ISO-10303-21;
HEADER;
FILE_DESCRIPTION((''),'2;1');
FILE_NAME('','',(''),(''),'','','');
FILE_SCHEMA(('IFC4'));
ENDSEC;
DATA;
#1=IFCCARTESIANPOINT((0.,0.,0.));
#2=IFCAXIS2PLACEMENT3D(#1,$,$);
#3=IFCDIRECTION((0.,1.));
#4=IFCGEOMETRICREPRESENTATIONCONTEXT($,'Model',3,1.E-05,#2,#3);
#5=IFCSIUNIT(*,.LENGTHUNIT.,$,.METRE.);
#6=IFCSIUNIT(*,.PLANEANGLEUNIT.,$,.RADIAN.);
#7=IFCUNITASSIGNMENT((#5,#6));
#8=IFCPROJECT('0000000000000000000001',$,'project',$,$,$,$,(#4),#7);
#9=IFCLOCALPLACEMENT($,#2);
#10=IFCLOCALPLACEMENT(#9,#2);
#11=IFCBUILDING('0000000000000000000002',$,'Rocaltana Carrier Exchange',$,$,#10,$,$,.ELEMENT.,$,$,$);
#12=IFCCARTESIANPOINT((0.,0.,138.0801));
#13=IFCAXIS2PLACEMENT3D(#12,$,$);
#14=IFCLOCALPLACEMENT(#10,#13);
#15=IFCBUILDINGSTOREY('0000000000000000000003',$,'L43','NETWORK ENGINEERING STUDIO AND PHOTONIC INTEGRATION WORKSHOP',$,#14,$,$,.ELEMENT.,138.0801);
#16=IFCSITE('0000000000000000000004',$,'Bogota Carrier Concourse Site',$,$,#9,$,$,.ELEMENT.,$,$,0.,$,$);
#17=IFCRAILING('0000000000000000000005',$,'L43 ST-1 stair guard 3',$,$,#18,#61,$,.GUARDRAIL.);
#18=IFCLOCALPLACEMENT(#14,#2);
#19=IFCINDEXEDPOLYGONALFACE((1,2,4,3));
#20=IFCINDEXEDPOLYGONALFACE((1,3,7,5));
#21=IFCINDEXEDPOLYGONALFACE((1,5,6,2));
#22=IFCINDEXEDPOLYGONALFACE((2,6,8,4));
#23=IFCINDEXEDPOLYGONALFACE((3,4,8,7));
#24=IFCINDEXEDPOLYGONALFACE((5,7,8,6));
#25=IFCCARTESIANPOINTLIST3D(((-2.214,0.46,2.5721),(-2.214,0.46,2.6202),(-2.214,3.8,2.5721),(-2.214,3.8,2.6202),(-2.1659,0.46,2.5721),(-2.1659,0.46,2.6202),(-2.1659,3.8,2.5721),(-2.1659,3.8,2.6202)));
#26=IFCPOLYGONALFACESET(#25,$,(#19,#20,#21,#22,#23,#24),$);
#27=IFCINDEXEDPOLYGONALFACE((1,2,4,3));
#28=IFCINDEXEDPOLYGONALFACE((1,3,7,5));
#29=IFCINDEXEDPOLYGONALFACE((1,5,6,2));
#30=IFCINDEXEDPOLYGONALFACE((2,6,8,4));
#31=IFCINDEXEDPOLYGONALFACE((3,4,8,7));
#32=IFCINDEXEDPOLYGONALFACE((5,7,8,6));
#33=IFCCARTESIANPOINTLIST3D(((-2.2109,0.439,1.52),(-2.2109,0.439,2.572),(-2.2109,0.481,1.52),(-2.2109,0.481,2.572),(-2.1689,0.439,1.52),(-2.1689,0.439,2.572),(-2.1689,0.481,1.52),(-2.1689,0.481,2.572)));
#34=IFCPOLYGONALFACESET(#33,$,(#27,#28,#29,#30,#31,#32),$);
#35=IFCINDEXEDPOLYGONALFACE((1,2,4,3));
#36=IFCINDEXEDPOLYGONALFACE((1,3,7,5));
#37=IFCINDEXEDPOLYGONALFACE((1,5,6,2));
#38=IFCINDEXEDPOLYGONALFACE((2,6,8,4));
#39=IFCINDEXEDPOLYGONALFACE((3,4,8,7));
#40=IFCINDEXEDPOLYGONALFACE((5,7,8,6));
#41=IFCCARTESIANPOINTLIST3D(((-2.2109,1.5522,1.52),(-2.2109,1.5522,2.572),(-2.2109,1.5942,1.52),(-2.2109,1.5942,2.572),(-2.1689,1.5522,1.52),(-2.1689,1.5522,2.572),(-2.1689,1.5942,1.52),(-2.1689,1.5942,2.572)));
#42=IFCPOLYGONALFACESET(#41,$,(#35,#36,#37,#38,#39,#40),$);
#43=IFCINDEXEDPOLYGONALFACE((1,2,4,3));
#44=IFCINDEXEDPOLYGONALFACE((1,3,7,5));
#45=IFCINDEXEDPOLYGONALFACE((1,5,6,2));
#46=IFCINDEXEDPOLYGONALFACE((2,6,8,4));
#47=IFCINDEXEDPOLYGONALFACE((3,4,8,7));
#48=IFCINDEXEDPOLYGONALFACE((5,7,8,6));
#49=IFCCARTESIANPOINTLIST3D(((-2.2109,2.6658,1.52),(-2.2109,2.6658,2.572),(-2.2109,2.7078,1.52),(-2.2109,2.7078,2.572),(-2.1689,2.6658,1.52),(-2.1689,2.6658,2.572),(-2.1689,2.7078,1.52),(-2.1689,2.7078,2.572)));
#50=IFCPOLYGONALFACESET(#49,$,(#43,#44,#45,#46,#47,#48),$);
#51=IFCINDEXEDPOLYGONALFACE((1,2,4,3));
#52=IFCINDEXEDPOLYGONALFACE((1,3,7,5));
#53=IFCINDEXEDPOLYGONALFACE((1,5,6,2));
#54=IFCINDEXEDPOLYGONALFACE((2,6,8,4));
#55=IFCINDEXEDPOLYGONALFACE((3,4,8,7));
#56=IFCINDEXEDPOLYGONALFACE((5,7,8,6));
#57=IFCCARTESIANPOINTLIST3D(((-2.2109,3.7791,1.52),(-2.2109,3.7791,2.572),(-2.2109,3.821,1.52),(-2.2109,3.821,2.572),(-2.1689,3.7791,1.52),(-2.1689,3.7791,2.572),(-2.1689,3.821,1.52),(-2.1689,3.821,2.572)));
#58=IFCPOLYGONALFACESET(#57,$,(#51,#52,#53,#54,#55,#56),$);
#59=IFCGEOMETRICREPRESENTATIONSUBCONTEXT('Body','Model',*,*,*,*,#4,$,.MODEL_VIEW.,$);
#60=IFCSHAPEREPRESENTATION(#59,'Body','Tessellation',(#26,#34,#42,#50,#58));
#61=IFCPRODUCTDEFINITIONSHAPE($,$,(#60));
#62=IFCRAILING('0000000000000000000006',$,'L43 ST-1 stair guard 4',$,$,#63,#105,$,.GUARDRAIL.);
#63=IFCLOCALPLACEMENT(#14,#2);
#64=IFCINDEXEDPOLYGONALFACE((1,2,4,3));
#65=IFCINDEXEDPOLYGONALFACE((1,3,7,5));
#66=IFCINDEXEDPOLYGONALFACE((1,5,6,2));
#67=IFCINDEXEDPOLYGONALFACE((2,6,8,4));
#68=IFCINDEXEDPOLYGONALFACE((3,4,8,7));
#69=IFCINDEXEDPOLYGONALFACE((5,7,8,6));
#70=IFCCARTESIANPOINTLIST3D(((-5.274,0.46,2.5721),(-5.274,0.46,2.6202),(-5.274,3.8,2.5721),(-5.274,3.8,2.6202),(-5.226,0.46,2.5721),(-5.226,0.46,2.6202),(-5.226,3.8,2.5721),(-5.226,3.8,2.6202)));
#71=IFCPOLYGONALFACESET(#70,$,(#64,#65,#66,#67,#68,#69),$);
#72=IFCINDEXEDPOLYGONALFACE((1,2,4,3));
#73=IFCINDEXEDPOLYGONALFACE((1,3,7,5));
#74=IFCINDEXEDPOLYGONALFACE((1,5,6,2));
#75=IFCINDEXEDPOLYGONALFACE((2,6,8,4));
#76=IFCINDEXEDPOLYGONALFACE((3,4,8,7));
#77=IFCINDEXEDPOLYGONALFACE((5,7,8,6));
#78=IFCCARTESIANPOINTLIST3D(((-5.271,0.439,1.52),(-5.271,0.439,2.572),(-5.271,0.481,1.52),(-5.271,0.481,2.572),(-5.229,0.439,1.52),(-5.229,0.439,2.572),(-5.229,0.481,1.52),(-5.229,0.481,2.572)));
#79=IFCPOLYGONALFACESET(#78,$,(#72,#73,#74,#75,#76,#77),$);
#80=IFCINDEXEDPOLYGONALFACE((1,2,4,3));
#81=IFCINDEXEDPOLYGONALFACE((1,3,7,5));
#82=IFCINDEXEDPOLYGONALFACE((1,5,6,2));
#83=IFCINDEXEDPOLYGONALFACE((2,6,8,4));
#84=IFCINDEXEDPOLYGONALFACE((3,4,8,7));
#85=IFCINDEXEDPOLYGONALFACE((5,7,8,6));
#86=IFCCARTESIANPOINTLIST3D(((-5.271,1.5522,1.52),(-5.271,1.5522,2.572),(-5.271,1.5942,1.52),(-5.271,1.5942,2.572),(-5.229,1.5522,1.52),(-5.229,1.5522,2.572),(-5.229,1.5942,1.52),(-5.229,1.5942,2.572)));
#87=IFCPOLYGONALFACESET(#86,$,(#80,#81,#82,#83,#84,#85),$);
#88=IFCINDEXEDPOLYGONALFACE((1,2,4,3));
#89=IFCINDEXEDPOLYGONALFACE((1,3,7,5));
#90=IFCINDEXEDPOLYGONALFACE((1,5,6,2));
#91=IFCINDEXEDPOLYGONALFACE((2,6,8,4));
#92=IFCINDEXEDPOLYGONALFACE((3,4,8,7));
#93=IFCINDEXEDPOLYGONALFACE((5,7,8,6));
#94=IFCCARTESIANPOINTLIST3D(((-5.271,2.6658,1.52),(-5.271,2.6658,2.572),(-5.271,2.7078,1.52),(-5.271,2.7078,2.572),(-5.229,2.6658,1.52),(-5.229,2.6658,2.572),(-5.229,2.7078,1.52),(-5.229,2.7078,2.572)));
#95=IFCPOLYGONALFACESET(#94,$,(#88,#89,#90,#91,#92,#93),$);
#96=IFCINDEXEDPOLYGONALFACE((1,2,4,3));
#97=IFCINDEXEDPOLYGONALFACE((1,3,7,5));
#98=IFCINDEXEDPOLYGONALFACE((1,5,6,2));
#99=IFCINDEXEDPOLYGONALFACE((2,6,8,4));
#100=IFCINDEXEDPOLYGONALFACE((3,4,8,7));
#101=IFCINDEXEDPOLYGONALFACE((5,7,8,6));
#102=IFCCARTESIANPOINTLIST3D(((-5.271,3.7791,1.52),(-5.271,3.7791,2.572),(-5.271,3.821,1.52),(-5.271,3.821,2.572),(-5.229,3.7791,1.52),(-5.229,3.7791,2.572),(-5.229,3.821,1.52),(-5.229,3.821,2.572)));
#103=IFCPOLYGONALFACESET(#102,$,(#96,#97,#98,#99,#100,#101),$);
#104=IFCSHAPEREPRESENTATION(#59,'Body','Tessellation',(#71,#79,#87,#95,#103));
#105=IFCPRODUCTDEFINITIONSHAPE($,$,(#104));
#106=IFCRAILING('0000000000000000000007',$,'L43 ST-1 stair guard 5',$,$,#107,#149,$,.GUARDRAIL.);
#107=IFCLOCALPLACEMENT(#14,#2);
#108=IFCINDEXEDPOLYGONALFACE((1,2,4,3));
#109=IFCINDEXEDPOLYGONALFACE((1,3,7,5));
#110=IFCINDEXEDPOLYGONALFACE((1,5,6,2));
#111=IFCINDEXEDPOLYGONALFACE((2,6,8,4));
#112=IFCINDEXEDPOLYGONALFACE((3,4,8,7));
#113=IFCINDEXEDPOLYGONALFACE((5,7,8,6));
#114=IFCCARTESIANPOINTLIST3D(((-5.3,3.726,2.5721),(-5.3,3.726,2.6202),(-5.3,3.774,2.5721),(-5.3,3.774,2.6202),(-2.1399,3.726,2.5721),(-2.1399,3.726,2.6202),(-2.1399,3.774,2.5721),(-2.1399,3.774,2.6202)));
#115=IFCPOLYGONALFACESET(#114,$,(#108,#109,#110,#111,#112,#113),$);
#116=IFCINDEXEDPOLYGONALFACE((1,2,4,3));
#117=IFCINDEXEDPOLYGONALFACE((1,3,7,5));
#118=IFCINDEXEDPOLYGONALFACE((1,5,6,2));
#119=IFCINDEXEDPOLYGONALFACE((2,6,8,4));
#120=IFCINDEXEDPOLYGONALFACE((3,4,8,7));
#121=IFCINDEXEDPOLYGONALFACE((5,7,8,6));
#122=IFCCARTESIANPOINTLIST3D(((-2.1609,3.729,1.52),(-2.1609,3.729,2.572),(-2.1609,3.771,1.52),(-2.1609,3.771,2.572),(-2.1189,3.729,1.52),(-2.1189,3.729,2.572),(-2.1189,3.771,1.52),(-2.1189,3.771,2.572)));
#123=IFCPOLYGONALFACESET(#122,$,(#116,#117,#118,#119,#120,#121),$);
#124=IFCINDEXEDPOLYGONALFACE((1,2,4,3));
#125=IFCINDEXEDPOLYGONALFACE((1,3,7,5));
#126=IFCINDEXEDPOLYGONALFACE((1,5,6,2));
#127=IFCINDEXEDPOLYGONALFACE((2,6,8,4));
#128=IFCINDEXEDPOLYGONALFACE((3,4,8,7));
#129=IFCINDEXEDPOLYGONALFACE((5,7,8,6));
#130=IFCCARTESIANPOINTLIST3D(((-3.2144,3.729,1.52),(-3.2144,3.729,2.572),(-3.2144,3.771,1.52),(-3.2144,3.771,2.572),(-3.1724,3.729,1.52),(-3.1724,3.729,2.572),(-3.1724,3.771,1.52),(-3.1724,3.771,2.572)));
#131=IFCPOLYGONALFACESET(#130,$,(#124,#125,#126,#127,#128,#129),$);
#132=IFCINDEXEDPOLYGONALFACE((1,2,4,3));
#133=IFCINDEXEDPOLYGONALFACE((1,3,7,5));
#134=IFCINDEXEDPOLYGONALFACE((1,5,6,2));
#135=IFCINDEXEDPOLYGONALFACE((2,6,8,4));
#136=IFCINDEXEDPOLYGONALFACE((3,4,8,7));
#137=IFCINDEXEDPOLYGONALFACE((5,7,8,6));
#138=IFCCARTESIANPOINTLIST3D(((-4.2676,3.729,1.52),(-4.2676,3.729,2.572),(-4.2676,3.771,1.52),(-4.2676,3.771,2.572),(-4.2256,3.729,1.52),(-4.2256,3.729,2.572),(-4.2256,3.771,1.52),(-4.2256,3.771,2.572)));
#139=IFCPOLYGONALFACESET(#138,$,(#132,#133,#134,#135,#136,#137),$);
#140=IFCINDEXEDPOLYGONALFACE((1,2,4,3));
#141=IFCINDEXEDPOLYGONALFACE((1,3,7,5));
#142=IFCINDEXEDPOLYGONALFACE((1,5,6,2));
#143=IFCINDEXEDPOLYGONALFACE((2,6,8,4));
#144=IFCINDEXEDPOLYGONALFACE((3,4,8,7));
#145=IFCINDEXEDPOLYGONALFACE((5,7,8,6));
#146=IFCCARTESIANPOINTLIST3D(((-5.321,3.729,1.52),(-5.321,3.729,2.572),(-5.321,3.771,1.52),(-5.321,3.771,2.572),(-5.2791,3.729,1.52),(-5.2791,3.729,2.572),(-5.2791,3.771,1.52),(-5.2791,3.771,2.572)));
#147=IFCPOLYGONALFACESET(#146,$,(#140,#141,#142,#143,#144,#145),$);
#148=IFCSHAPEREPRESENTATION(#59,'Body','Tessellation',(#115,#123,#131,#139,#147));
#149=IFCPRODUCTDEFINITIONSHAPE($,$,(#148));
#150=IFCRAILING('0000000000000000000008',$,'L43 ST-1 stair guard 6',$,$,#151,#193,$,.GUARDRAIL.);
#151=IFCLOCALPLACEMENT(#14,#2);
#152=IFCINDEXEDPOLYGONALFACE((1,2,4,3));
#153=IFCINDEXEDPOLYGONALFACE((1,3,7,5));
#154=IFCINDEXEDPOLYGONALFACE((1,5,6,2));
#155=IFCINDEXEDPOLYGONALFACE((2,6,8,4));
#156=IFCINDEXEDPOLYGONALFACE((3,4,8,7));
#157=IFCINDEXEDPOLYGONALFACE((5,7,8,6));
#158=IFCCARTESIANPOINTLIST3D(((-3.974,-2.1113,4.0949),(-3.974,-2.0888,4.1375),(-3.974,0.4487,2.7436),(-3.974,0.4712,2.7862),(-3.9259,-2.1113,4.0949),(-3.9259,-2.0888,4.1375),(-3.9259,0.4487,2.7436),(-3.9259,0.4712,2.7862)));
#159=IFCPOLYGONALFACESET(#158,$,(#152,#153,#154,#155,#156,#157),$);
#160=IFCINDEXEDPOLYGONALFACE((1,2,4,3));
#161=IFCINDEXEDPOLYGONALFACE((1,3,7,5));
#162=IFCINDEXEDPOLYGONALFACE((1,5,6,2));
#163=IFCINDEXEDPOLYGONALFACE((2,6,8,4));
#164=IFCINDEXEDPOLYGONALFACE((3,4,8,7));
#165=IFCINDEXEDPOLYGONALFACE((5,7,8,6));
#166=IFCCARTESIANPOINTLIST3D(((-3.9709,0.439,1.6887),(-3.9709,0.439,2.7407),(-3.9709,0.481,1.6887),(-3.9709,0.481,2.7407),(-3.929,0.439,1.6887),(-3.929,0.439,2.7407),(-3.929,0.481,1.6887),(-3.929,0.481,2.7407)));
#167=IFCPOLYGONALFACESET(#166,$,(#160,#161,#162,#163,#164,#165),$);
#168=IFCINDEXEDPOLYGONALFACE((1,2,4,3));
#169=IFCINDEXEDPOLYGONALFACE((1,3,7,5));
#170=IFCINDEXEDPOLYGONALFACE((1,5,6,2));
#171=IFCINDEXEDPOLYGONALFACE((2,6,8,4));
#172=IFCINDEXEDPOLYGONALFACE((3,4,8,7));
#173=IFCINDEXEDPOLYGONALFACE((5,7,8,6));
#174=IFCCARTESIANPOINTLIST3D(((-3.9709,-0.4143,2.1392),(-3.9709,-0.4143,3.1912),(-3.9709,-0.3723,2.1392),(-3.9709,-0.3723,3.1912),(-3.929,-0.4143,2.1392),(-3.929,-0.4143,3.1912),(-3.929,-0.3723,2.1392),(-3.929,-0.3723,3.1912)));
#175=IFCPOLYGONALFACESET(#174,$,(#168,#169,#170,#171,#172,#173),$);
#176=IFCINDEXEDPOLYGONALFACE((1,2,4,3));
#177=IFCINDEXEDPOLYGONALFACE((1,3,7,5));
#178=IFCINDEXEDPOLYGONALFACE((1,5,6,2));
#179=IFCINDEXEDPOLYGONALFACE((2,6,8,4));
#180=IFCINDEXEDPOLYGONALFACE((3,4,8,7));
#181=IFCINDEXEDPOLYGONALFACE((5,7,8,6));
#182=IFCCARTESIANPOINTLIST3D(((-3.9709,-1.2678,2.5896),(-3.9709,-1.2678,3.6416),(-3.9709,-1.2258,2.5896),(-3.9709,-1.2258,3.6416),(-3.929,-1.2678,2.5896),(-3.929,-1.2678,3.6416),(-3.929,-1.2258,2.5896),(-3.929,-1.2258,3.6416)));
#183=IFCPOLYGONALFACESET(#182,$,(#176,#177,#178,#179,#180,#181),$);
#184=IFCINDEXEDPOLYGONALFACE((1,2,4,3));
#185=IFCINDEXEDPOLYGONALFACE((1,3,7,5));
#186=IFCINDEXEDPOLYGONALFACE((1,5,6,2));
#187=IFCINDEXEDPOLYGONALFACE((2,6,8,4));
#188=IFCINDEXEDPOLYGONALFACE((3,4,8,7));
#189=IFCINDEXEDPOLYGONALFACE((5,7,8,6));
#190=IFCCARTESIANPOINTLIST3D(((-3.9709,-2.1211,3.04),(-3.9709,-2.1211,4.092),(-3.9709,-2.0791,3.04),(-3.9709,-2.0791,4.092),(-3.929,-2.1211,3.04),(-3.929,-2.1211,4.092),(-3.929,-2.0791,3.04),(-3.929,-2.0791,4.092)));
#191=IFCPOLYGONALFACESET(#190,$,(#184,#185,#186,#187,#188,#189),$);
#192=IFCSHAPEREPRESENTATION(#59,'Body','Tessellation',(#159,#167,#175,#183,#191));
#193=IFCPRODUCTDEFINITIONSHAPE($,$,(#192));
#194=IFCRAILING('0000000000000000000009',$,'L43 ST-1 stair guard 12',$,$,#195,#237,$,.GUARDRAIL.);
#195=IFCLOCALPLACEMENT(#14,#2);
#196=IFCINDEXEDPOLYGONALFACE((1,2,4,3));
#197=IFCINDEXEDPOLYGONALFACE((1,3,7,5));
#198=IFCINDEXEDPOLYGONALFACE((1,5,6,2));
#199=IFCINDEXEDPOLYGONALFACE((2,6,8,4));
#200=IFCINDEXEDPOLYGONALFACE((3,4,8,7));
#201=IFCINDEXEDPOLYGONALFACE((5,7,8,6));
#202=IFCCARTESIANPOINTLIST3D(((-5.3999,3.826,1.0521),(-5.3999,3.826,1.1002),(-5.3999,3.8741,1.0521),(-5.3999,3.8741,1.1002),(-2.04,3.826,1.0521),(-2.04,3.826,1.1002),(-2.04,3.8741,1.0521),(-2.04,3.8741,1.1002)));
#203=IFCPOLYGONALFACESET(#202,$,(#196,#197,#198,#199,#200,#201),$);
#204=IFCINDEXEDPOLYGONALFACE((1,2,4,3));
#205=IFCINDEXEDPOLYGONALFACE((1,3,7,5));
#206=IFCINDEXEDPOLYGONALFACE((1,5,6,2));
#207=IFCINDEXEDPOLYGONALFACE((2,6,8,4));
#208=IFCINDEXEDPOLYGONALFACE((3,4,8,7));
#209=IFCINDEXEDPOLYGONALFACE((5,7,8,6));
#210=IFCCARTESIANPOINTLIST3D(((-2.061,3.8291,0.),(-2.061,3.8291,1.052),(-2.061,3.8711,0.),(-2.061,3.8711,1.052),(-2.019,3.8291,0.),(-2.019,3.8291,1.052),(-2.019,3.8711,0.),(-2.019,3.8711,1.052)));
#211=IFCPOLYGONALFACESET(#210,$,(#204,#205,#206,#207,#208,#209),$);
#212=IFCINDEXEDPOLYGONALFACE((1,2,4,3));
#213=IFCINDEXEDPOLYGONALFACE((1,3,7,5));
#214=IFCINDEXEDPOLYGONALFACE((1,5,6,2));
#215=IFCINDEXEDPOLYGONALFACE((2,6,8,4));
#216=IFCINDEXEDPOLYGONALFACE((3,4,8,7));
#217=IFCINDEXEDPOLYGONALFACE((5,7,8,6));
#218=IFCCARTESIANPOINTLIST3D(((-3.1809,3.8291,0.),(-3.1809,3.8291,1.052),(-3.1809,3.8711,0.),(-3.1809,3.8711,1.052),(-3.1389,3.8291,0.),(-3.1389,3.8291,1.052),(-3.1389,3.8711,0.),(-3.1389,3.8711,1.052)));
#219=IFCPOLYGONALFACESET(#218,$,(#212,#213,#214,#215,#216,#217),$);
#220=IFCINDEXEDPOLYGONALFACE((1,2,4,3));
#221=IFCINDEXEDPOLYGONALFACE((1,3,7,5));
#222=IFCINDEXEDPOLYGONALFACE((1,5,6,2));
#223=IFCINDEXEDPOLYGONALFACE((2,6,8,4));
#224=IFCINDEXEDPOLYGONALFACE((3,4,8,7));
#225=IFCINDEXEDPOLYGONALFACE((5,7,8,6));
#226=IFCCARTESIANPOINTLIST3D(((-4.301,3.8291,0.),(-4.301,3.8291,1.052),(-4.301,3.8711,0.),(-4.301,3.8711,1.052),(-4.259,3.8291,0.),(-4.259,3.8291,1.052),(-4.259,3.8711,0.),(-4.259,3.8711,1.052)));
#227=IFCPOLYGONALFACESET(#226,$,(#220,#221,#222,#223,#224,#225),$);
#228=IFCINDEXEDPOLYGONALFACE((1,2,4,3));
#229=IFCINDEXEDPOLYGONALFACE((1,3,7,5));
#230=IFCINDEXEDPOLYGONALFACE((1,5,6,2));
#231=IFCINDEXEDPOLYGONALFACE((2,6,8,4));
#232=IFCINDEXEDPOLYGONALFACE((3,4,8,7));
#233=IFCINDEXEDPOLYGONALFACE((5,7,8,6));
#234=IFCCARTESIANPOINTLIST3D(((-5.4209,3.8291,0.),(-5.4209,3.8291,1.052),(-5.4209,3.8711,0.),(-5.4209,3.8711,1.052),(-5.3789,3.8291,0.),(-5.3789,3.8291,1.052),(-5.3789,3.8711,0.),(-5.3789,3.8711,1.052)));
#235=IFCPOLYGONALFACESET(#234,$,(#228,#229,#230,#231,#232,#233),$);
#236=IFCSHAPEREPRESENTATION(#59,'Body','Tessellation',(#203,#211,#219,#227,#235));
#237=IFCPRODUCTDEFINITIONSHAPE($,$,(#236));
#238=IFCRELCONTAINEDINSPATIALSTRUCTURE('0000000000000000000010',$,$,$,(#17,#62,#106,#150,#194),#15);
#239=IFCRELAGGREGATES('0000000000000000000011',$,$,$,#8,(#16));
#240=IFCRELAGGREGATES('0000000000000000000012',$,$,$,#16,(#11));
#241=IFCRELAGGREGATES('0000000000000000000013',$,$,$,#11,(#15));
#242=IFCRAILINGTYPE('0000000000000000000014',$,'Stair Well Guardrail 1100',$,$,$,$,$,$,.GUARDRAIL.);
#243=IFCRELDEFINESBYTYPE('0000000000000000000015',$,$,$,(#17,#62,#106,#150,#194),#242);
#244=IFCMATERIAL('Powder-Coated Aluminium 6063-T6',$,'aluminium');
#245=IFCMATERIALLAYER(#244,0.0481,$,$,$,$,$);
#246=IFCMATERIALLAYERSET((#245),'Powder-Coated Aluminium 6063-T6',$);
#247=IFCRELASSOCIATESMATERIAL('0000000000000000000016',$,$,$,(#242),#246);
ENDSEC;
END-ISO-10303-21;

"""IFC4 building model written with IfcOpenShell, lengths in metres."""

from ifc_helpers import new_model, si_unit, direction, frame, origin, origin_2d, place, context, subcontext, project, spatial, rectangle, extrude, material, layer, layer_set, type_object, element, save


model = new_model("IFC4")

# Units and contexts
model_context = context("Model", 3, precision=1e-05, world=origin(), true_north=direction((0.0, 1.0)))
body_context = subcontext(model_context, "Body", "Model", "MODEL_VIEW")
ifc_project = project(units=[si_unit("LENGTHUNIT", "METRE"), si_unit("PLANEANGLEUNIT", "RADIAN")], contexts=[model_context])

# Site, building, storey
site_placement = place(None, origin())
site = spatial("IfcSite", under=ifc_project, at=site_placement, Name="Bogota Carrier Concourse Site", CompositionType="ELEMENT", RefElevation=0.0)
building_placement = place(site_placement, origin())
building = spatial("IfcBuilding", under=site, at=building_placement, Name="Rocaltana Carrier Exchange", CompositionType="ELEMENT")
storey_placement = place(building_placement, frame((0.0, 0.0, 138.0801)))
storey = spatial("IfcBuildingStorey", under=building, at=storey_placement, Name="L43", Description="NETWORK ENGINEERING STUDIO AND PHOTONIC INTEGRATION WORKSHOP", CompositionType="ELEMENT", Elevation=138.0801)

# Railings
ifc_material_1 = material(Name="Powder-Coated Aluminium 6063-T6", Category="aluminium")
ifc_layer_1 = layer(ifc_material_1, 0.0481)
ifc_layer_set_1 = layer_set([ifc_layer_1], Name="Powder-Coated Aluminium 6063-T6")
railing_type_1 = type_object("IfcRailingType", Name="Stair Well Guardrail 1100", PredefinedType="GUARDRAIL", material=ifc_layer_set_1)
for number, where, name in (
    (1, (-2.1899, 0.46, 1.52), "L43 ST-1 stair guard 3"),
    (2, (-5.25, 0.46, 1.52), "L43 ST-1 stair guard 4"),
):
    element("IfcRailing", number, at=place(storey_placement, frame(where)), inside=storey, type_object=railing_type_1, Name=name, PredefinedType="GUARDRAIL", context=body_context, shape_type="SweptSolid", body=[
        extrude(rectangle(XDim=0.0481, YDim=0.0481, at=origin_2d()), frame((0.0, 0.0, 1.0762), z_axis=(0.0, 1.0, 0.0), x_axis=(-1.0, 0.0, 0.0)), (0.0, 0.0, 1.0), 3.3401),
        extrude(rectangle(XDim=0.042, YDim=0.042, at=origin_2d()), origin(), (0.0, 0.0, 1.0), 1.052),
        extrude(rectangle(XDim=0.042, YDim=0.042, at=origin_2d()), frame((0.0, 1.1133, 0.0)), (0.0, 0.0, 1.0), 1.052),
        extrude(rectangle(XDim=0.042, YDim=0.042, at=origin_2d()), frame((0.0, 2.2268, 0.0)), (0.0, 0.0, 1.0), 1.052),
        extrude(rectangle(XDim=0.042, YDim=0.042, at=origin_2d()), frame((0.0, 3.3401, 0.0)), (0.0, 0.0, 1.0), 1.052),
    ])
railing_1_placement = place(storey_placement, frame((-2.1399, 3.75, 1.52)))
element("IfcRailing", 3, at=railing_1_placement, inside=storey, type_object=railing_type_1, Name="L43 ST-1 stair guard 5", PredefinedType="GUARDRAIL", context=body_context, shape_type="SweptSolid", body=[
    extrude(rectangle(XDim=0.0481, YDim=0.0481, at=origin_2d()), frame((0.0, 0.0, 1.0762), z_axis=(-1.0, 0.0, 0.0), x_axis=(0.0, -1.0, 0.0)), (0.0, 0.0, 1.0), 3.1602),
    extrude(rectangle(XDim=0.042, YDim=0.042, at=origin_2d()), origin(), (0.0, 0.0, 1.0), 1.052),
    extrude(rectangle(XDim=0.042, YDim=0.042, at=origin_2d()), frame((-1.0535, 0.0, 0.0)), (0.0, 0.0, 1.0), 1.052),
    extrude(rectangle(XDim=0.042, YDim=0.042, at=origin_2d()), frame((-2.1067, 0.0, 0.0)), (0.0, 0.0, 1.0), 1.052),
    extrude(rectangle(XDim=0.042, YDim=0.042, at=origin_2d()), frame((-3.1602, 0.0, 0.0)), (0.0, 0.0, 1.0), 1.052),
])
railing_2_placement = place(storey_placement, frame((-3.95, 0.46, 1.6887)))
element("IfcRailing", 4, at=railing_2_placement, inside=storey, type_object=railing_type_1, Name="L43 ST-1 stair guard 6", PredefinedType="GUARDRAIL", context=body_context, shape_type="SweptSolid", body=[
    extrude(rectangle(XDim=0.0481, YDim=0.0481, at=origin_2d()), frame((0.0, 0.0, 1.0762), z_axis=(0.0, -0.88436, 0.466806), x_axis=(1.0, 0.0, 0.0)), (0.0, 0.0, 1.0), 2.8948),
    extrude(rectangle(XDim=0.042, YDim=0.042, at=origin_2d()), origin(), (0.0, 0.0, 1.0), 1.052),
    extrude(rectangle(XDim=0.042, YDim=0.042, at=origin_2d()), frame((0.0, -0.8533, 0.4504)), (0.0, 0.0, 1.0), 1.052),
    extrude(rectangle(XDim=0.042, YDim=0.042, at=origin_2d()), frame((0.0, -1.7068, 0.9009)), (0.0, 0.0, 1.0), 1.052),
    extrude(rectangle(XDim=0.042, YDim=0.042, at=origin_2d()), frame((0.0, -2.5601, 1.3513)), (0.0, 0.0, 1.0), 1.052),
])
railing_3_placement = place(storey_placement, frame((-2.04, 3.8501, 0.0)))
element("IfcRailing", 5, at=railing_3_placement, inside=storey, type_object=railing_type_1, Name="L43 ST-1 stair guard 12", PredefinedType="GUARDRAIL", context=body_context, shape_type="SweptSolid", body=[
    extrude(rectangle(XDim=0.0481, YDim=0.0481, at=origin_2d()), frame((0.0, 0.0, 1.0762), z_axis=(-1.0, 0.0, 0.0), x_axis=(0.0, -1.0, 0.0)), (0.0, 0.0, 1.0), 3.3599),
    extrude(rectangle(XDim=0.042, YDim=0.042, at=origin_2d()), origin(), (0.0, 0.0, 1.0), 1.052),
    extrude(rectangle(XDim=0.042, YDim=0.042, at=origin_2d()), frame((-1.1199, 0.0, 0.0)), (0.0, 0.0, 1.0), 1.052),
    extrude(rectangle(XDim=0.042, YDim=0.042, at=origin_2d()), frame((-2.24, 0.0, 0.0)), (0.0, 0.0, 1.0), 1.052),
    extrude(rectangle(XDim=0.042, YDim=0.042, at=origin_2d()), frame((-3.3599, 0.0, 0.0)), (0.0, 0.0, 1.0), 1.052),
])

save(model, "model.ifc")
